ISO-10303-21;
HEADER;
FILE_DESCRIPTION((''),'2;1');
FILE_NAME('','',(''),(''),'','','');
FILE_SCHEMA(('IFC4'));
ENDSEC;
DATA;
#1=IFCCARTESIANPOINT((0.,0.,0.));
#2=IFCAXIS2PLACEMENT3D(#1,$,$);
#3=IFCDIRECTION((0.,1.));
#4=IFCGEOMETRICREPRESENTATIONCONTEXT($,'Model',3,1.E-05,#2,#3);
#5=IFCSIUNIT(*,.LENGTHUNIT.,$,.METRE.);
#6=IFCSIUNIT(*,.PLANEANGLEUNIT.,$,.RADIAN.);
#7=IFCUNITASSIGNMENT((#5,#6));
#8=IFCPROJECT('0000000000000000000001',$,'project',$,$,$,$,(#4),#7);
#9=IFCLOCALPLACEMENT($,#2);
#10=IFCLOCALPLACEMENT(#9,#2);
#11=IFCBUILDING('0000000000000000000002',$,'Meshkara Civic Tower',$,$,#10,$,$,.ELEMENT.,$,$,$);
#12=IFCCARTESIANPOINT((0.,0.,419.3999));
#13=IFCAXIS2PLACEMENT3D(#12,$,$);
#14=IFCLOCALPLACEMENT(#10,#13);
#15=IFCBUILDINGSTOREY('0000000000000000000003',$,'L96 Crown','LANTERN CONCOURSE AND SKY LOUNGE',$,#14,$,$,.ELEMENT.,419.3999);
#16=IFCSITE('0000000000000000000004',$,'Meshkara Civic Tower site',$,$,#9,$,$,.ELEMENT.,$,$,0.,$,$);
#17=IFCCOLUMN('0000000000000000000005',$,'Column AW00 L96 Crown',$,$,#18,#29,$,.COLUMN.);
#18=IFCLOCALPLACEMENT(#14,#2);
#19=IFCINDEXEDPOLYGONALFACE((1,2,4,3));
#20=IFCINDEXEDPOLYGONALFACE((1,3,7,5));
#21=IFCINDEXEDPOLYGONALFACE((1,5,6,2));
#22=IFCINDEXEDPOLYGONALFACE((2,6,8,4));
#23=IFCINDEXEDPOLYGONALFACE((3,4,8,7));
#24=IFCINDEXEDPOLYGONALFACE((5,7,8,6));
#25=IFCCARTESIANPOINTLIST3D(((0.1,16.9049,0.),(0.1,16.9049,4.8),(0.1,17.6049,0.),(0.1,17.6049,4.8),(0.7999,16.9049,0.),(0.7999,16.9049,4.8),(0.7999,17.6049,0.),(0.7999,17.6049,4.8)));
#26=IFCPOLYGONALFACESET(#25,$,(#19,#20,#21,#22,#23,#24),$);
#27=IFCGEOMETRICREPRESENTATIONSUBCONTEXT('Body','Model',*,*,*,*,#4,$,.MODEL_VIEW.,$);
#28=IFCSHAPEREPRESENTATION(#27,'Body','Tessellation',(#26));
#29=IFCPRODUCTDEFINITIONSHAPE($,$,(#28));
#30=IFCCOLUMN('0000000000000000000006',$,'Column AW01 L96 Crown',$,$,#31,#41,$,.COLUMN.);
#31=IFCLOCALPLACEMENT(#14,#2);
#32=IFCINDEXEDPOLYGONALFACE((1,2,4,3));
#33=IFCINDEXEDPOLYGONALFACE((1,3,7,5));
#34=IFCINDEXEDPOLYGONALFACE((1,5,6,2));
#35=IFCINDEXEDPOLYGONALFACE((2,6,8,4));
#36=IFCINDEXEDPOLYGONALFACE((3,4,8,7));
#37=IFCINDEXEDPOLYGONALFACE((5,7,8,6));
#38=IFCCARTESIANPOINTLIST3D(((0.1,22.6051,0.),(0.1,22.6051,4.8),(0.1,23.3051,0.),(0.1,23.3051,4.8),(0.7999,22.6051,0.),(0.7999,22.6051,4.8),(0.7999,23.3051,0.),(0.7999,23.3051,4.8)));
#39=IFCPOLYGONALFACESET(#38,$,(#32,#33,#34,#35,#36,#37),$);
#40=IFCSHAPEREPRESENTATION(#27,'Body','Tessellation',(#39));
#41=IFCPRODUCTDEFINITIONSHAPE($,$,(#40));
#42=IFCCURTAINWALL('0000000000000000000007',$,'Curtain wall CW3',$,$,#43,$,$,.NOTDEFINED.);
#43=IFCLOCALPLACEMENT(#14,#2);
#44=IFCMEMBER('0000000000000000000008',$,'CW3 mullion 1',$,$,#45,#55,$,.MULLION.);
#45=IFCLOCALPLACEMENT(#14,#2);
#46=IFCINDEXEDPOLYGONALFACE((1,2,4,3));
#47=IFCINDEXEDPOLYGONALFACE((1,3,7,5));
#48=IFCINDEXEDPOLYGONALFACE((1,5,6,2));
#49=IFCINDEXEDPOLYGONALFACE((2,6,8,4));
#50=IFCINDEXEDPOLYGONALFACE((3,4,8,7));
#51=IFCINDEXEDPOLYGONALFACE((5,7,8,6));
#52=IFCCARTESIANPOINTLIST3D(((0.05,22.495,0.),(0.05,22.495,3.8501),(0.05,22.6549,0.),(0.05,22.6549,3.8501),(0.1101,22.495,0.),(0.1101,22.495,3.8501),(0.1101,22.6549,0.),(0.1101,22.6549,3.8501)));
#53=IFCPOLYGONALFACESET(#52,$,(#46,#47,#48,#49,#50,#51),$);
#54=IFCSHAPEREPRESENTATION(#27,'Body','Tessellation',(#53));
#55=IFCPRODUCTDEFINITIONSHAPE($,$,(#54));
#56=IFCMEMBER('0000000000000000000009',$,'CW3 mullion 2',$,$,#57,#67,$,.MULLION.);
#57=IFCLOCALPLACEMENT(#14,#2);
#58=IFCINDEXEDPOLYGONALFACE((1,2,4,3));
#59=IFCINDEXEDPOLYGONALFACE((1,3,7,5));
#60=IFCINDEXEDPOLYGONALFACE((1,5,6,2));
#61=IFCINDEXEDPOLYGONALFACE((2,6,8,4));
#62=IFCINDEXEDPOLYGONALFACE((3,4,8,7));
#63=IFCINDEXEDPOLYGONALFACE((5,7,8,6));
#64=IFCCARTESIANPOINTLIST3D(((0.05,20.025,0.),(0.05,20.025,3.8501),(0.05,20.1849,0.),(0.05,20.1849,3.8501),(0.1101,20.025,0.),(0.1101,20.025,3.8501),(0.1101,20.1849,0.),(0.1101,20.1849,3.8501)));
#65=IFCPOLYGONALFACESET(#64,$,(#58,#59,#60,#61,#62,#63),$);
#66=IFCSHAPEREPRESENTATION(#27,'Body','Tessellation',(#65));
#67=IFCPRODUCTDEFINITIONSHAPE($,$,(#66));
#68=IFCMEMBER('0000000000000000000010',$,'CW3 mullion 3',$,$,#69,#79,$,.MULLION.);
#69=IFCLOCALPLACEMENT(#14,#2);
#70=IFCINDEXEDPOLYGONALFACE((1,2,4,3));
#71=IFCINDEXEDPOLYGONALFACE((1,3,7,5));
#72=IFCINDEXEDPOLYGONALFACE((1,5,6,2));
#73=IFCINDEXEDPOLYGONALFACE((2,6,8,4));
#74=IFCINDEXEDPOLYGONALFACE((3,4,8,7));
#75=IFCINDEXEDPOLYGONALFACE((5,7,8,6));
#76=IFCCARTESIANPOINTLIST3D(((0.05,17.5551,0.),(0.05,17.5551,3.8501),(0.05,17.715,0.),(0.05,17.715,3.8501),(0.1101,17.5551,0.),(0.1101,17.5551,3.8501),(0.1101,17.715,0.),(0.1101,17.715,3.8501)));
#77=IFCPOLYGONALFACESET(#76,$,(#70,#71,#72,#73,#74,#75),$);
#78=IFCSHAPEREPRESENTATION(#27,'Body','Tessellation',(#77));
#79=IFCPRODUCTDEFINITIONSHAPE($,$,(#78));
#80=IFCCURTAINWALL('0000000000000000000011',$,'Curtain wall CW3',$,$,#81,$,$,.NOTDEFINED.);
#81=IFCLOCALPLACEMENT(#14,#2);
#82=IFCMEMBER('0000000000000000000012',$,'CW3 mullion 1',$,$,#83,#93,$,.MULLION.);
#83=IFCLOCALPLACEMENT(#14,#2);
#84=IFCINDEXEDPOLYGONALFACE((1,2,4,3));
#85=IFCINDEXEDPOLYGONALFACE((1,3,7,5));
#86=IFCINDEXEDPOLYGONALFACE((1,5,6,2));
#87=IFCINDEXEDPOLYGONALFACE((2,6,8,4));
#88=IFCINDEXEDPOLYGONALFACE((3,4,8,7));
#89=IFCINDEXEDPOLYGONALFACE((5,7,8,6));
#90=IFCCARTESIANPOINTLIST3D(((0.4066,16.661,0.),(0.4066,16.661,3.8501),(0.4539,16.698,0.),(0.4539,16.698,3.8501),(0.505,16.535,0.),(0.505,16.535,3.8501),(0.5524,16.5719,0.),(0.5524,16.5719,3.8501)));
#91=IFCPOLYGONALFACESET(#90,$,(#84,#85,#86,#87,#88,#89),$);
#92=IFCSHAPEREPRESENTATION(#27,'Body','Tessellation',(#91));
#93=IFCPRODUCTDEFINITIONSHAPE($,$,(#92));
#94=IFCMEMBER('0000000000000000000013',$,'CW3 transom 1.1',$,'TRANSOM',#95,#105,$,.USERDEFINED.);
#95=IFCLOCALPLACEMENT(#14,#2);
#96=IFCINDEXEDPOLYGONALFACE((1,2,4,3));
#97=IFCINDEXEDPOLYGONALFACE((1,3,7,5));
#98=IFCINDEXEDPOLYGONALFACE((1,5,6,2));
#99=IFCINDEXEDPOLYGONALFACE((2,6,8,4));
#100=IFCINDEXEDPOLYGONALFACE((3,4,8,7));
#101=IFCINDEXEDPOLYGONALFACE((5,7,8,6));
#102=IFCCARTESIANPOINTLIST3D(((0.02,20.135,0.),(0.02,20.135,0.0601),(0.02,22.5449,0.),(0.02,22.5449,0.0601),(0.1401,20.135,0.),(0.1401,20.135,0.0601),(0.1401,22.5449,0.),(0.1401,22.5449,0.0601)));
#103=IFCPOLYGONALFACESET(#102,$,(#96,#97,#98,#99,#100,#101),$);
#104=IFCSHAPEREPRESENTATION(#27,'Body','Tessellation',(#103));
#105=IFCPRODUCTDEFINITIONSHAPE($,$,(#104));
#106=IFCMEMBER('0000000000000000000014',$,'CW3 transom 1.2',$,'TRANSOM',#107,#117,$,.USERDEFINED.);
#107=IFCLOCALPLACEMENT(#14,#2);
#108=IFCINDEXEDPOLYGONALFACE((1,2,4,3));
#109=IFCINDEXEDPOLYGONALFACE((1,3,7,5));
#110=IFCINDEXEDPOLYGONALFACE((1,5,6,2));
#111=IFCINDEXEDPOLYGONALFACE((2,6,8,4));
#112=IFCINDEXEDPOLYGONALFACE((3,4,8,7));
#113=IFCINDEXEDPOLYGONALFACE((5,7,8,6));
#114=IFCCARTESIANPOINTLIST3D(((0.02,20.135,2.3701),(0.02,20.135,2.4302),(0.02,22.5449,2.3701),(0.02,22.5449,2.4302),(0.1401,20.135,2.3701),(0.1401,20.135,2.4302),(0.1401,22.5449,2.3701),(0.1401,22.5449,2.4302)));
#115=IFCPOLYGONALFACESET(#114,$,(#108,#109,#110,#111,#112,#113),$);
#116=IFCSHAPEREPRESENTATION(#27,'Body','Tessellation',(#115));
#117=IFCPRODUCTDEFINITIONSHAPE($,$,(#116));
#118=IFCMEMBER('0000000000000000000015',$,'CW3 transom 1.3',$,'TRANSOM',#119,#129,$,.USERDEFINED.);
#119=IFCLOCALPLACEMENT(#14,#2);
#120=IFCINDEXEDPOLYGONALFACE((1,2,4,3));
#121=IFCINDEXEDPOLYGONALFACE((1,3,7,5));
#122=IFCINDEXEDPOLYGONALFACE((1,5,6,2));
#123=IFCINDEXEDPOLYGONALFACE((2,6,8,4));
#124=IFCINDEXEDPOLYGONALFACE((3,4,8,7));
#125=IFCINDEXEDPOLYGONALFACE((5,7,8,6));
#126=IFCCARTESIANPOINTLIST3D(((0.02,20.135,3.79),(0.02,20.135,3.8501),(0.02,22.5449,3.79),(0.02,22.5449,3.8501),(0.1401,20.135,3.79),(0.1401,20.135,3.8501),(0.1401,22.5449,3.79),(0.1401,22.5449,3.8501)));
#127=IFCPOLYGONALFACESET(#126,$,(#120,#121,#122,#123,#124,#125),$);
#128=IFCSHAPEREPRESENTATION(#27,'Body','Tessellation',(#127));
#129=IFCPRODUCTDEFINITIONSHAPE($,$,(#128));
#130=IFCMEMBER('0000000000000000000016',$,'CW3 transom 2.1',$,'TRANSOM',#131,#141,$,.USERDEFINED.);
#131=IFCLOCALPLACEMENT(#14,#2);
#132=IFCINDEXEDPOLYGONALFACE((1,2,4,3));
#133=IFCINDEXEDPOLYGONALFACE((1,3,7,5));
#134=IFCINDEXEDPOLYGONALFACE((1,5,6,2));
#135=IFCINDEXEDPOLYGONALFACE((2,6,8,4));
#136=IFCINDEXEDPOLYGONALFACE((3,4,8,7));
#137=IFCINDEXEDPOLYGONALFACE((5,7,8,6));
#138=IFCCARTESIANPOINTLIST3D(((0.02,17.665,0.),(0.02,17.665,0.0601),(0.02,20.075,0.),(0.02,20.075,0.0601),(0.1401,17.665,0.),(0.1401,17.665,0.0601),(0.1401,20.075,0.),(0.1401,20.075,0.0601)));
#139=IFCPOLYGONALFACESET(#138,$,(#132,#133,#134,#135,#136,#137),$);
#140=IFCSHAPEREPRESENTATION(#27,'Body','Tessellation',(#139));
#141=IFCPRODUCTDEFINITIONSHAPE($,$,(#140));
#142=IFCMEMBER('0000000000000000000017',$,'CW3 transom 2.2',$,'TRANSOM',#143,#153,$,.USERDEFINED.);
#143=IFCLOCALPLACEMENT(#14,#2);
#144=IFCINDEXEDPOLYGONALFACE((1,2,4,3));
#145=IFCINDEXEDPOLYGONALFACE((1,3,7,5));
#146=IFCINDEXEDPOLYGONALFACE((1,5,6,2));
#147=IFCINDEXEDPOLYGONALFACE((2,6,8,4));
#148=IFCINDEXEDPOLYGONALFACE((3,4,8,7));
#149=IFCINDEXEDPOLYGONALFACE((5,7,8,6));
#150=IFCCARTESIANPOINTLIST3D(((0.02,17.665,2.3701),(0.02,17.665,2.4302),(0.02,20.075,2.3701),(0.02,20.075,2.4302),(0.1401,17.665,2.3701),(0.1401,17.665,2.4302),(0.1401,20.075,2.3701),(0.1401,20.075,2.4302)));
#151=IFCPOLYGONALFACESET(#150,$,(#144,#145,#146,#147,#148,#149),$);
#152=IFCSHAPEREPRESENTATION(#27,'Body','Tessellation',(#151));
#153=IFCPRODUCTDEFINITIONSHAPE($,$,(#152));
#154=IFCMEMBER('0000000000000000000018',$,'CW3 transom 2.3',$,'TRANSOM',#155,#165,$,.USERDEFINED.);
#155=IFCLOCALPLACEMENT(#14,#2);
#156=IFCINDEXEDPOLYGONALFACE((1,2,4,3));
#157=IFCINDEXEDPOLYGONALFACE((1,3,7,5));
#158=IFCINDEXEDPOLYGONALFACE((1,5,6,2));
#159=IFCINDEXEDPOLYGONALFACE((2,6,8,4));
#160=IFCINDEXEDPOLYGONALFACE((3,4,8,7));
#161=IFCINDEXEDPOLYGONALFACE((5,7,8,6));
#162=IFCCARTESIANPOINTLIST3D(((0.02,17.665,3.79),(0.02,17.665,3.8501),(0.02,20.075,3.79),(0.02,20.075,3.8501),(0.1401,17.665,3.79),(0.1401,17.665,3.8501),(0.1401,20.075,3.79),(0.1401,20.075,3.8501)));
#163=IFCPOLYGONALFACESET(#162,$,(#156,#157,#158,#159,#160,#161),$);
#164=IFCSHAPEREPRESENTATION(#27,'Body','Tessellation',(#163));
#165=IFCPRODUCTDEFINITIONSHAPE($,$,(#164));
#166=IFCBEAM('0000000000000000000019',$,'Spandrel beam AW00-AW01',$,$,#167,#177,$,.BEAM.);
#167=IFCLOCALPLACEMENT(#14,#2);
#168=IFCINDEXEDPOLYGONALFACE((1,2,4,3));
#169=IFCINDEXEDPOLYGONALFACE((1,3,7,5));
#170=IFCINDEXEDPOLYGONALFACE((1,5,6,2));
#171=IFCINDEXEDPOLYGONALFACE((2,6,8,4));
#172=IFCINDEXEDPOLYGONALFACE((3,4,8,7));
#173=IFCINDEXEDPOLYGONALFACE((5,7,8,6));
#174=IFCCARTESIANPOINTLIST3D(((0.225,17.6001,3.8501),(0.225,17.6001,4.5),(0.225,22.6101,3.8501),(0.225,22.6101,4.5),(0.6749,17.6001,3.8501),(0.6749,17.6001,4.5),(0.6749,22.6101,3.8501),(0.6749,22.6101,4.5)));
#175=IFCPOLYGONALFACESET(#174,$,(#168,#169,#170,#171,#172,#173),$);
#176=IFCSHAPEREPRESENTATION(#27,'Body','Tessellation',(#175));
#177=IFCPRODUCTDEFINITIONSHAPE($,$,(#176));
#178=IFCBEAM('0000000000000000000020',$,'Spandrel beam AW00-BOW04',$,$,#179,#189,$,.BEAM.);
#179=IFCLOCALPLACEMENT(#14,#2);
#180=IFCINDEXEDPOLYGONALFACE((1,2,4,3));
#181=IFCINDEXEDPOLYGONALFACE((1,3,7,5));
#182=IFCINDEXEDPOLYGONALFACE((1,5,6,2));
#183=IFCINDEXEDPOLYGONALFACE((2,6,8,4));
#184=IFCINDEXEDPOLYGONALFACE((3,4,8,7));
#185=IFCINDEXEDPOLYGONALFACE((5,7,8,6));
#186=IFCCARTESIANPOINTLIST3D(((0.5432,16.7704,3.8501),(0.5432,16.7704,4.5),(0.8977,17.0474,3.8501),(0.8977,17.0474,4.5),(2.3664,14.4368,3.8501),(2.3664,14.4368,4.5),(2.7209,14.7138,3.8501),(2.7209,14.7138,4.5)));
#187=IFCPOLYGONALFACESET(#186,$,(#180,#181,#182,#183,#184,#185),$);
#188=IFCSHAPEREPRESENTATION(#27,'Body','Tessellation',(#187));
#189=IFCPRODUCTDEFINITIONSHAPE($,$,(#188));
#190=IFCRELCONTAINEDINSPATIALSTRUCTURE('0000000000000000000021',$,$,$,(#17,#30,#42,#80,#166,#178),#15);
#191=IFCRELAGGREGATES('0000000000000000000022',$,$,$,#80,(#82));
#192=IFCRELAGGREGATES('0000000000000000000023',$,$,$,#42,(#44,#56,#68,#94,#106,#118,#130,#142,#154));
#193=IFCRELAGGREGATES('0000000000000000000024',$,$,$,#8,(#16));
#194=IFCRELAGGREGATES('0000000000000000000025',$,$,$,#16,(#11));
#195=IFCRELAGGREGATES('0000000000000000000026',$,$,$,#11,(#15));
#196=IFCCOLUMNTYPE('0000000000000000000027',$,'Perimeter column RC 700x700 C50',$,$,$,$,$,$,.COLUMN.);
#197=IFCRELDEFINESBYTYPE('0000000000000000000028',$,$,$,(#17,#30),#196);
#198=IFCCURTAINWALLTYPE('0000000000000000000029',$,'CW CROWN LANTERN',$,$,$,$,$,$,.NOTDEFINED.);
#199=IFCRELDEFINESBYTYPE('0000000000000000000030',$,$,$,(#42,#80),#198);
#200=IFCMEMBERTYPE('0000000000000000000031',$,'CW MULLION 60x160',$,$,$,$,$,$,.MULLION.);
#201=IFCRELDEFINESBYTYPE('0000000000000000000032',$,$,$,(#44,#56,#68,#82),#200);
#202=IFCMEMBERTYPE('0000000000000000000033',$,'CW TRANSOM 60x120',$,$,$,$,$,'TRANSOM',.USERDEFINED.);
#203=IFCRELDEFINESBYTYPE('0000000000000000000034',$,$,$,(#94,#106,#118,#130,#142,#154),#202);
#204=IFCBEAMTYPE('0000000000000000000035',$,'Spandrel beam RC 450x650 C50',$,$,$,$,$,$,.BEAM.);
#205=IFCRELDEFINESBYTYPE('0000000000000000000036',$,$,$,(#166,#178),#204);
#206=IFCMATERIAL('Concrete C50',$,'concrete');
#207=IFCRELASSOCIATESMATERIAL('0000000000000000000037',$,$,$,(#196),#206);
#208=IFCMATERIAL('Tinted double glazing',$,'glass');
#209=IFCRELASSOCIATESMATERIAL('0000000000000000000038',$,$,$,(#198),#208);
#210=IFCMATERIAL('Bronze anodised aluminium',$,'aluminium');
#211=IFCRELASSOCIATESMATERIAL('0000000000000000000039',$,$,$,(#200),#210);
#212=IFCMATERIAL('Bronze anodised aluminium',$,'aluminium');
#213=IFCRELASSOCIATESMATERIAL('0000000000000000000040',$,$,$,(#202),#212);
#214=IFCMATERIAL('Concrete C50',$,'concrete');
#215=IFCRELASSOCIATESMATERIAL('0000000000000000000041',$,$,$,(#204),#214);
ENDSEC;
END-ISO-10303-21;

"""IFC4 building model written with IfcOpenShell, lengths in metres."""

from ifc_helpers import new_model, si_unit, direction, frame, origin, origin_2d, place, context, subcontext, project, spatial, rectangle, extrude, material, material_profile, profile_set, type_object, element, aggregate, save


model = new_model("IFC4")

# Units and contexts
model_context = context("Model", 3, precision=1e-05, world=origin(), true_north=direction((0.0, 1.0)))
body_context = subcontext(model_context, "Body", "Model", "MODEL_VIEW")
ifc_project = project(units=[si_unit("LENGTHUNIT", "METRE"), si_unit("PLANEANGLEUNIT", "RADIAN")], contexts=[model_context])

# Site, building, storey
site_placement = place(None, origin())
site = spatial("IfcSite", under=ifc_project, at=site_placement, Name="Meshkara Civic Tower site", CompositionType="ELEMENT", RefElevation=0.0)
building_placement = place(site_placement, origin())
building = spatial("IfcBuilding", under=site, at=building_placement, Name="Meshkara Civic Tower", CompositionType="ELEMENT")
storey_placement = place(building_placement, frame((0.0, 0.0, 419.3999)))
storey = spatial("IfcBuildingStorey", under=building, at=storey_placement, Name="L96 Crown", Description="LANTERN CONCOURSE AND SKY LOUNGE", CompositionType="ELEMENT", Elevation=419.3999)

# Columns
ifc_material_1 = material(Name="Concrete C50", Category="concrete")
ifc_material_profile_1 = material_profile(ifc_material_1, rectangle(XDim=0.7, YDim=0.7, at=origin_2d()))
ifc_profile_set_1 = profile_set([ifc_material_profile_1], Name="Concrete C50")
column_type = type_object("IfcColumnType", Name="Perimeter column RC 700x700 C50", PredefinedType="COLUMN", material=ifc_profile_set_1)
for number, where, z_axis, x_axis, name in (
    (1, (0.45, 17.2549, 0.0), (0.0, 0.0, 1.0), (1.0, 0.0, 0.0), "Column AW00 L96 Crown"),
    (2, (0.45, 22.9551, 0.0), (0.0, 0.0, 1.0), (1.0, 0.0, 0.0), "Column AW01 L96 Crown"),
):
    element("IfcColumn", number, at=place(storey_placement, frame(where, z_axis=z_axis, x_axis=x_axis)), inside=storey, type_object=column_type, Name=name, PredefinedType="COLUMN", context=body_context, shape_type="SweptSolid", body=[
        extrude(rectangle(XDim=0.7, YDim=0.7, at=origin_2d()), origin(), (0.0, 0.0, 1.0), 4.8),
    ])

# Curtain wall, members
ifc_material_2 = material(Name="Tinted double glazing", Category="glass")
curtain_wall_type = type_object("IfcCurtainWallType", Name="CW CROWN LANTERN", PredefinedType="NOTDEFINED", material=ifc_material_2)
curtain_wall_1_placement = place(storey_placement, origin())
curtain_wall_1 = element("IfcCurtainWall", 3, at=curtain_wall_1_placement, inside=storey, type_object=curtain_wall_type, Name="Curtain wall CW3", PredefinedType="NOTDEFINED")
ifc_material_3 = material(Name="Bronze anodised aluminium", Category="aluminium")
ifc_material_profile_2 = material_profile(ifc_material_3, rectangle(XDim=0.0601, YDim=0.1599, at=origin_2d()))
ifc_profile_set_2 = profile_set([ifc_material_profile_2], Name="Bronze anodised aluminium")
member_type_1 = type_object("IfcMemberType", Name="CW MULLION 60x160", PredefinedType="MULLION", material=ifc_profile_set_2)
member_1_placement = place(storey_placement, frame((0.0801, 22.575, 0.0), z_axis=(0.0, 0.0, 1.0), x_axis=(1.0, 0.0, 0.0)))
member_1 = element("IfcMember", 4, at=member_1_placement, type_object=member_type_1, Name="CW3 mullion 1", PredefinedType="MULLION", context=body_context, shape_type="SweptSolid", body=[
    extrude(rectangle(XDim=0.0601, YDim=0.1599, at=origin_2d()), origin(), (0.0, 0.0, 1.0), 3.8501),
])
member_2_placement = place(storey_placement, frame((0.0801, 20.105, 0.0), z_axis=(0.0, 0.0, 1.0), x_axis=(1.0, 0.0, 0.0)))
member_2 = element("IfcMember", 5, at=member_2_placement, type_object=member_type_1, Name="CW3 mullion 2", PredefinedType="MULLION", context=body_context, shape_type="SweptSolid", body=[
    extrude(rectangle(XDim=0.0601, YDim=0.1599, at=origin_2d()), origin(), (0.0, 0.0, 1.0), 3.8501),
])
member_3_placement = place(storey_placement, frame((0.0801, 17.635, 0.0), z_axis=(0.0, 0.0, 1.0), x_axis=(1.0, 0.0, 0.0)))
member_3 = element("IfcMember", 6, at=member_3_placement, type_object=member_type_1, Name="CW3 mullion 3", PredefinedType="MULLION", context=body_context, shape_type="SweptSolid", body=[
    extrude(rectangle(XDim=0.0601, YDim=0.1599, at=origin_2d()), origin(), (0.0, 0.0, 1.0), 3.8501),
])

# Curtain wall, member
curtain_wall_2_placement = place(storey_placement, origin())
curtain_wall_2 = element("IfcCurtainWall", 7, at=curtain_wall_2_placement, inside=storey, type_object=curtain_wall_type, Name="Curtain wall CW3", PredefinedType="NOTDEFINED")
member_4_placement = place(storey_placement, frame((0.4795, 16.6165, 0.0), z_axis=(0.0, 0.0, 1.0), x_axis=(0.788088, 0.615563, 0.0)))
member_4 = element("IfcMember", 8, at=member_4_placement, type_object=member_type_1, Name="CW3 mullion 1", PredefinedType="MULLION", context=body_context, shape_type="SweptSolid", body=[
    extrude(rectangle(XDim=0.0601, YDim=0.1599, at=origin_2d()), origin(), (0.0, 0.0, 1.0), 3.8501),
])
aggregate(curtain_wall_2, [member_4])

# Members
ifc_material_4 = material(Name="Bronze anodised aluminium", Category="aluminium")
ifc_material_profile_3 = material_profile(ifc_material_4, rectangle(XDim=0.1201, YDim=0.0601, at=origin_2d()))
ifc_profile_set_3 = profile_set([ifc_material_profile_3], Name="Bronze anodised aluminium")
member_type_2 = type_object("IfcMemberType", Name="CW TRANSOM 60x120", ElementType="TRANSOM", PredefinedType="USERDEFINED", material=ifc_profile_set_3)
member_5_placement = place(storey_placement, frame((0.0801, 22.5449, 0.03), z_axis=(0.0, -1.0, 0.0), x_axis=(1.0, 0.0, 0.0)))
member_5 = element("IfcMember", 9, at=member_5_placement, type_object=member_type_2, Name="CW3 transom 1.1", ObjectType="TRANSOM", PredefinedType="USERDEFINED", context=body_context, shape_type="SweptSolid", body=[
    extrude(rectangle(XDim=0.1201, YDim=0.0601, at=origin_2d()), origin(), (0.0, 0.0, 1.0), 2.4099),
])
member_6_placement = place(storey_placement, frame((0.0801, 22.5449, 2.4001), z_axis=(0.0, -1.0, 0.0), x_axis=(1.0, 0.0, 0.0)))
member_6 = element("IfcMember", 10, at=member_6_placement, type_object=member_type_2, Name="CW3 transom 1.2", ObjectType="TRANSOM", PredefinedType="USERDEFINED", context=body_context, shape_type="SweptSolid", body=[
    extrude(rectangle(XDim=0.1201, YDim=0.0601, at=origin_2d()), origin(), (0.0, 0.0, 1.0), 2.4099),
])
member_7_placement = place(storey_placement, frame((0.0801, 22.5449, 3.8201), z_axis=(0.0, -1.0, 0.0), x_axis=(1.0, 0.0, 0.0)))
member_7 = element("IfcMember", 11, at=member_7_placement, type_object=member_type_2, Name="CW3 transom 1.3", ObjectType="TRANSOM", PredefinedType="USERDEFINED", context=body_context, shape_type="SweptSolid", body=[
    extrude(rectangle(XDim=0.1201, YDim=0.0601, at=origin_2d()), origin(), (0.0, 0.0, 1.0), 2.4099),
])
member_8_placement = place(storey_placement, frame((0.0801, 20.075, 0.03), z_axis=(0.0, -1.0, 0.0), x_axis=(1.0, 0.0, 0.0)))
member_8 = element("IfcMember", 12, at=member_8_placement, type_object=member_type_2, Name="CW3 transom 2.1", ObjectType="TRANSOM", PredefinedType="USERDEFINED", context=body_context, shape_type="SweptSolid", body=[
    extrude(rectangle(XDim=0.1201, YDim=0.0601, at=origin_2d()), origin(), (0.0, 0.0, 1.0), 2.4099),
])
member_9_placement = place(storey_placement, frame((0.0801, 20.075, 2.4001), z_axis=(0.0, -1.0, 0.0), x_axis=(1.0, 0.0, 0.0)))
member_9 = element("IfcMember", 13, at=member_9_placement, type_object=member_type_2, Name="CW3 transom 2.2", ObjectType="TRANSOM", PredefinedType="USERDEFINED", context=body_context, shape_type="SweptSolid", body=[
    extrude(rectangle(XDim=0.1201, YDim=0.0601, at=origin_2d()), origin(), (0.0, 0.0, 1.0), 2.4099),
])
member_10_placement = place(storey_placement, frame((0.0801, 20.075, 3.8201), z_axis=(0.0, -1.0, 0.0), x_axis=(1.0, 0.0, 0.0)))
member_10 = element("IfcMember", 14, at=member_10_placement, type_object=member_type_2, Name="CW3 transom 2.3", ObjectType="TRANSOM", PredefinedType="USERDEFINED", context=body_context, shape_type="SweptSolid", body=[
    extrude(rectangle(XDim=0.1201, YDim=0.0601, at=origin_2d()), origin(), (0.0, 0.0, 1.0), 2.4099),
])

# Beams
ifc_material_5 = material(Name="Concrete C50", Category="concrete")
ifc_material_profile_4 = material_profile(ifc_material_5, rectangle(XDim=0.45, YDim=0.6499, at=origin_2d()))
ifc_profile_set_4 = profile_set([ifc_material_profile_4], Name="Concrete C50")
beam_type = type_object("IfcBeamType", Name="Spandrel beam RC 450x650 C50", PredefinedType="BEAM", material=ifc_profile_set_4)
beam_1_placement = place(storey_placement, frame((0.45, 22.6101, 4.175), z_axis=(0.0, -1.0, 0.0), x_axis=(1.0, 0.0, 0.0)))
element("IfcBeam", 15, at=beam_1_placement, inside=storey, type_object=beam_type, Name="Spandrel beam AW00-AW01", PredefinedType="BEAM", context=body_context, shape_type="SweptSolid", body=[
    extrude(rectangle(XDim=0.45, YDim=0.6499, at=origin_2d()), origin(), (0.0, 0.0, 1.0), 5.01),
])
beam_2_placement = place(storey_placement, frame((0.7205, 16.9089, 4.175), z_axis=(0.615646, -0.788023, 0.0), x_axis=(0.788023, 0.615646, 0.0)))
element("IfcBeam", 16, at=beam_2_placement, inside=storey, type_object=beam_type, Name="Spandrel beam AW00-BOW04", PredefinedType="BEAM", context=body_context, shape_type="SweptSolid", body=[
    extrude(rectangle(XDim=0.45, YDim=0.6499, at=origin_2d()), origin(), (0.0, 0.0, 1.0), 2.9614),
])

aggregate(curtain_wall_1, [member_1, member_2, member_3, member_5, member_6, member_7, member_8, member_9, member_10])

save(model, "model.ifc")
